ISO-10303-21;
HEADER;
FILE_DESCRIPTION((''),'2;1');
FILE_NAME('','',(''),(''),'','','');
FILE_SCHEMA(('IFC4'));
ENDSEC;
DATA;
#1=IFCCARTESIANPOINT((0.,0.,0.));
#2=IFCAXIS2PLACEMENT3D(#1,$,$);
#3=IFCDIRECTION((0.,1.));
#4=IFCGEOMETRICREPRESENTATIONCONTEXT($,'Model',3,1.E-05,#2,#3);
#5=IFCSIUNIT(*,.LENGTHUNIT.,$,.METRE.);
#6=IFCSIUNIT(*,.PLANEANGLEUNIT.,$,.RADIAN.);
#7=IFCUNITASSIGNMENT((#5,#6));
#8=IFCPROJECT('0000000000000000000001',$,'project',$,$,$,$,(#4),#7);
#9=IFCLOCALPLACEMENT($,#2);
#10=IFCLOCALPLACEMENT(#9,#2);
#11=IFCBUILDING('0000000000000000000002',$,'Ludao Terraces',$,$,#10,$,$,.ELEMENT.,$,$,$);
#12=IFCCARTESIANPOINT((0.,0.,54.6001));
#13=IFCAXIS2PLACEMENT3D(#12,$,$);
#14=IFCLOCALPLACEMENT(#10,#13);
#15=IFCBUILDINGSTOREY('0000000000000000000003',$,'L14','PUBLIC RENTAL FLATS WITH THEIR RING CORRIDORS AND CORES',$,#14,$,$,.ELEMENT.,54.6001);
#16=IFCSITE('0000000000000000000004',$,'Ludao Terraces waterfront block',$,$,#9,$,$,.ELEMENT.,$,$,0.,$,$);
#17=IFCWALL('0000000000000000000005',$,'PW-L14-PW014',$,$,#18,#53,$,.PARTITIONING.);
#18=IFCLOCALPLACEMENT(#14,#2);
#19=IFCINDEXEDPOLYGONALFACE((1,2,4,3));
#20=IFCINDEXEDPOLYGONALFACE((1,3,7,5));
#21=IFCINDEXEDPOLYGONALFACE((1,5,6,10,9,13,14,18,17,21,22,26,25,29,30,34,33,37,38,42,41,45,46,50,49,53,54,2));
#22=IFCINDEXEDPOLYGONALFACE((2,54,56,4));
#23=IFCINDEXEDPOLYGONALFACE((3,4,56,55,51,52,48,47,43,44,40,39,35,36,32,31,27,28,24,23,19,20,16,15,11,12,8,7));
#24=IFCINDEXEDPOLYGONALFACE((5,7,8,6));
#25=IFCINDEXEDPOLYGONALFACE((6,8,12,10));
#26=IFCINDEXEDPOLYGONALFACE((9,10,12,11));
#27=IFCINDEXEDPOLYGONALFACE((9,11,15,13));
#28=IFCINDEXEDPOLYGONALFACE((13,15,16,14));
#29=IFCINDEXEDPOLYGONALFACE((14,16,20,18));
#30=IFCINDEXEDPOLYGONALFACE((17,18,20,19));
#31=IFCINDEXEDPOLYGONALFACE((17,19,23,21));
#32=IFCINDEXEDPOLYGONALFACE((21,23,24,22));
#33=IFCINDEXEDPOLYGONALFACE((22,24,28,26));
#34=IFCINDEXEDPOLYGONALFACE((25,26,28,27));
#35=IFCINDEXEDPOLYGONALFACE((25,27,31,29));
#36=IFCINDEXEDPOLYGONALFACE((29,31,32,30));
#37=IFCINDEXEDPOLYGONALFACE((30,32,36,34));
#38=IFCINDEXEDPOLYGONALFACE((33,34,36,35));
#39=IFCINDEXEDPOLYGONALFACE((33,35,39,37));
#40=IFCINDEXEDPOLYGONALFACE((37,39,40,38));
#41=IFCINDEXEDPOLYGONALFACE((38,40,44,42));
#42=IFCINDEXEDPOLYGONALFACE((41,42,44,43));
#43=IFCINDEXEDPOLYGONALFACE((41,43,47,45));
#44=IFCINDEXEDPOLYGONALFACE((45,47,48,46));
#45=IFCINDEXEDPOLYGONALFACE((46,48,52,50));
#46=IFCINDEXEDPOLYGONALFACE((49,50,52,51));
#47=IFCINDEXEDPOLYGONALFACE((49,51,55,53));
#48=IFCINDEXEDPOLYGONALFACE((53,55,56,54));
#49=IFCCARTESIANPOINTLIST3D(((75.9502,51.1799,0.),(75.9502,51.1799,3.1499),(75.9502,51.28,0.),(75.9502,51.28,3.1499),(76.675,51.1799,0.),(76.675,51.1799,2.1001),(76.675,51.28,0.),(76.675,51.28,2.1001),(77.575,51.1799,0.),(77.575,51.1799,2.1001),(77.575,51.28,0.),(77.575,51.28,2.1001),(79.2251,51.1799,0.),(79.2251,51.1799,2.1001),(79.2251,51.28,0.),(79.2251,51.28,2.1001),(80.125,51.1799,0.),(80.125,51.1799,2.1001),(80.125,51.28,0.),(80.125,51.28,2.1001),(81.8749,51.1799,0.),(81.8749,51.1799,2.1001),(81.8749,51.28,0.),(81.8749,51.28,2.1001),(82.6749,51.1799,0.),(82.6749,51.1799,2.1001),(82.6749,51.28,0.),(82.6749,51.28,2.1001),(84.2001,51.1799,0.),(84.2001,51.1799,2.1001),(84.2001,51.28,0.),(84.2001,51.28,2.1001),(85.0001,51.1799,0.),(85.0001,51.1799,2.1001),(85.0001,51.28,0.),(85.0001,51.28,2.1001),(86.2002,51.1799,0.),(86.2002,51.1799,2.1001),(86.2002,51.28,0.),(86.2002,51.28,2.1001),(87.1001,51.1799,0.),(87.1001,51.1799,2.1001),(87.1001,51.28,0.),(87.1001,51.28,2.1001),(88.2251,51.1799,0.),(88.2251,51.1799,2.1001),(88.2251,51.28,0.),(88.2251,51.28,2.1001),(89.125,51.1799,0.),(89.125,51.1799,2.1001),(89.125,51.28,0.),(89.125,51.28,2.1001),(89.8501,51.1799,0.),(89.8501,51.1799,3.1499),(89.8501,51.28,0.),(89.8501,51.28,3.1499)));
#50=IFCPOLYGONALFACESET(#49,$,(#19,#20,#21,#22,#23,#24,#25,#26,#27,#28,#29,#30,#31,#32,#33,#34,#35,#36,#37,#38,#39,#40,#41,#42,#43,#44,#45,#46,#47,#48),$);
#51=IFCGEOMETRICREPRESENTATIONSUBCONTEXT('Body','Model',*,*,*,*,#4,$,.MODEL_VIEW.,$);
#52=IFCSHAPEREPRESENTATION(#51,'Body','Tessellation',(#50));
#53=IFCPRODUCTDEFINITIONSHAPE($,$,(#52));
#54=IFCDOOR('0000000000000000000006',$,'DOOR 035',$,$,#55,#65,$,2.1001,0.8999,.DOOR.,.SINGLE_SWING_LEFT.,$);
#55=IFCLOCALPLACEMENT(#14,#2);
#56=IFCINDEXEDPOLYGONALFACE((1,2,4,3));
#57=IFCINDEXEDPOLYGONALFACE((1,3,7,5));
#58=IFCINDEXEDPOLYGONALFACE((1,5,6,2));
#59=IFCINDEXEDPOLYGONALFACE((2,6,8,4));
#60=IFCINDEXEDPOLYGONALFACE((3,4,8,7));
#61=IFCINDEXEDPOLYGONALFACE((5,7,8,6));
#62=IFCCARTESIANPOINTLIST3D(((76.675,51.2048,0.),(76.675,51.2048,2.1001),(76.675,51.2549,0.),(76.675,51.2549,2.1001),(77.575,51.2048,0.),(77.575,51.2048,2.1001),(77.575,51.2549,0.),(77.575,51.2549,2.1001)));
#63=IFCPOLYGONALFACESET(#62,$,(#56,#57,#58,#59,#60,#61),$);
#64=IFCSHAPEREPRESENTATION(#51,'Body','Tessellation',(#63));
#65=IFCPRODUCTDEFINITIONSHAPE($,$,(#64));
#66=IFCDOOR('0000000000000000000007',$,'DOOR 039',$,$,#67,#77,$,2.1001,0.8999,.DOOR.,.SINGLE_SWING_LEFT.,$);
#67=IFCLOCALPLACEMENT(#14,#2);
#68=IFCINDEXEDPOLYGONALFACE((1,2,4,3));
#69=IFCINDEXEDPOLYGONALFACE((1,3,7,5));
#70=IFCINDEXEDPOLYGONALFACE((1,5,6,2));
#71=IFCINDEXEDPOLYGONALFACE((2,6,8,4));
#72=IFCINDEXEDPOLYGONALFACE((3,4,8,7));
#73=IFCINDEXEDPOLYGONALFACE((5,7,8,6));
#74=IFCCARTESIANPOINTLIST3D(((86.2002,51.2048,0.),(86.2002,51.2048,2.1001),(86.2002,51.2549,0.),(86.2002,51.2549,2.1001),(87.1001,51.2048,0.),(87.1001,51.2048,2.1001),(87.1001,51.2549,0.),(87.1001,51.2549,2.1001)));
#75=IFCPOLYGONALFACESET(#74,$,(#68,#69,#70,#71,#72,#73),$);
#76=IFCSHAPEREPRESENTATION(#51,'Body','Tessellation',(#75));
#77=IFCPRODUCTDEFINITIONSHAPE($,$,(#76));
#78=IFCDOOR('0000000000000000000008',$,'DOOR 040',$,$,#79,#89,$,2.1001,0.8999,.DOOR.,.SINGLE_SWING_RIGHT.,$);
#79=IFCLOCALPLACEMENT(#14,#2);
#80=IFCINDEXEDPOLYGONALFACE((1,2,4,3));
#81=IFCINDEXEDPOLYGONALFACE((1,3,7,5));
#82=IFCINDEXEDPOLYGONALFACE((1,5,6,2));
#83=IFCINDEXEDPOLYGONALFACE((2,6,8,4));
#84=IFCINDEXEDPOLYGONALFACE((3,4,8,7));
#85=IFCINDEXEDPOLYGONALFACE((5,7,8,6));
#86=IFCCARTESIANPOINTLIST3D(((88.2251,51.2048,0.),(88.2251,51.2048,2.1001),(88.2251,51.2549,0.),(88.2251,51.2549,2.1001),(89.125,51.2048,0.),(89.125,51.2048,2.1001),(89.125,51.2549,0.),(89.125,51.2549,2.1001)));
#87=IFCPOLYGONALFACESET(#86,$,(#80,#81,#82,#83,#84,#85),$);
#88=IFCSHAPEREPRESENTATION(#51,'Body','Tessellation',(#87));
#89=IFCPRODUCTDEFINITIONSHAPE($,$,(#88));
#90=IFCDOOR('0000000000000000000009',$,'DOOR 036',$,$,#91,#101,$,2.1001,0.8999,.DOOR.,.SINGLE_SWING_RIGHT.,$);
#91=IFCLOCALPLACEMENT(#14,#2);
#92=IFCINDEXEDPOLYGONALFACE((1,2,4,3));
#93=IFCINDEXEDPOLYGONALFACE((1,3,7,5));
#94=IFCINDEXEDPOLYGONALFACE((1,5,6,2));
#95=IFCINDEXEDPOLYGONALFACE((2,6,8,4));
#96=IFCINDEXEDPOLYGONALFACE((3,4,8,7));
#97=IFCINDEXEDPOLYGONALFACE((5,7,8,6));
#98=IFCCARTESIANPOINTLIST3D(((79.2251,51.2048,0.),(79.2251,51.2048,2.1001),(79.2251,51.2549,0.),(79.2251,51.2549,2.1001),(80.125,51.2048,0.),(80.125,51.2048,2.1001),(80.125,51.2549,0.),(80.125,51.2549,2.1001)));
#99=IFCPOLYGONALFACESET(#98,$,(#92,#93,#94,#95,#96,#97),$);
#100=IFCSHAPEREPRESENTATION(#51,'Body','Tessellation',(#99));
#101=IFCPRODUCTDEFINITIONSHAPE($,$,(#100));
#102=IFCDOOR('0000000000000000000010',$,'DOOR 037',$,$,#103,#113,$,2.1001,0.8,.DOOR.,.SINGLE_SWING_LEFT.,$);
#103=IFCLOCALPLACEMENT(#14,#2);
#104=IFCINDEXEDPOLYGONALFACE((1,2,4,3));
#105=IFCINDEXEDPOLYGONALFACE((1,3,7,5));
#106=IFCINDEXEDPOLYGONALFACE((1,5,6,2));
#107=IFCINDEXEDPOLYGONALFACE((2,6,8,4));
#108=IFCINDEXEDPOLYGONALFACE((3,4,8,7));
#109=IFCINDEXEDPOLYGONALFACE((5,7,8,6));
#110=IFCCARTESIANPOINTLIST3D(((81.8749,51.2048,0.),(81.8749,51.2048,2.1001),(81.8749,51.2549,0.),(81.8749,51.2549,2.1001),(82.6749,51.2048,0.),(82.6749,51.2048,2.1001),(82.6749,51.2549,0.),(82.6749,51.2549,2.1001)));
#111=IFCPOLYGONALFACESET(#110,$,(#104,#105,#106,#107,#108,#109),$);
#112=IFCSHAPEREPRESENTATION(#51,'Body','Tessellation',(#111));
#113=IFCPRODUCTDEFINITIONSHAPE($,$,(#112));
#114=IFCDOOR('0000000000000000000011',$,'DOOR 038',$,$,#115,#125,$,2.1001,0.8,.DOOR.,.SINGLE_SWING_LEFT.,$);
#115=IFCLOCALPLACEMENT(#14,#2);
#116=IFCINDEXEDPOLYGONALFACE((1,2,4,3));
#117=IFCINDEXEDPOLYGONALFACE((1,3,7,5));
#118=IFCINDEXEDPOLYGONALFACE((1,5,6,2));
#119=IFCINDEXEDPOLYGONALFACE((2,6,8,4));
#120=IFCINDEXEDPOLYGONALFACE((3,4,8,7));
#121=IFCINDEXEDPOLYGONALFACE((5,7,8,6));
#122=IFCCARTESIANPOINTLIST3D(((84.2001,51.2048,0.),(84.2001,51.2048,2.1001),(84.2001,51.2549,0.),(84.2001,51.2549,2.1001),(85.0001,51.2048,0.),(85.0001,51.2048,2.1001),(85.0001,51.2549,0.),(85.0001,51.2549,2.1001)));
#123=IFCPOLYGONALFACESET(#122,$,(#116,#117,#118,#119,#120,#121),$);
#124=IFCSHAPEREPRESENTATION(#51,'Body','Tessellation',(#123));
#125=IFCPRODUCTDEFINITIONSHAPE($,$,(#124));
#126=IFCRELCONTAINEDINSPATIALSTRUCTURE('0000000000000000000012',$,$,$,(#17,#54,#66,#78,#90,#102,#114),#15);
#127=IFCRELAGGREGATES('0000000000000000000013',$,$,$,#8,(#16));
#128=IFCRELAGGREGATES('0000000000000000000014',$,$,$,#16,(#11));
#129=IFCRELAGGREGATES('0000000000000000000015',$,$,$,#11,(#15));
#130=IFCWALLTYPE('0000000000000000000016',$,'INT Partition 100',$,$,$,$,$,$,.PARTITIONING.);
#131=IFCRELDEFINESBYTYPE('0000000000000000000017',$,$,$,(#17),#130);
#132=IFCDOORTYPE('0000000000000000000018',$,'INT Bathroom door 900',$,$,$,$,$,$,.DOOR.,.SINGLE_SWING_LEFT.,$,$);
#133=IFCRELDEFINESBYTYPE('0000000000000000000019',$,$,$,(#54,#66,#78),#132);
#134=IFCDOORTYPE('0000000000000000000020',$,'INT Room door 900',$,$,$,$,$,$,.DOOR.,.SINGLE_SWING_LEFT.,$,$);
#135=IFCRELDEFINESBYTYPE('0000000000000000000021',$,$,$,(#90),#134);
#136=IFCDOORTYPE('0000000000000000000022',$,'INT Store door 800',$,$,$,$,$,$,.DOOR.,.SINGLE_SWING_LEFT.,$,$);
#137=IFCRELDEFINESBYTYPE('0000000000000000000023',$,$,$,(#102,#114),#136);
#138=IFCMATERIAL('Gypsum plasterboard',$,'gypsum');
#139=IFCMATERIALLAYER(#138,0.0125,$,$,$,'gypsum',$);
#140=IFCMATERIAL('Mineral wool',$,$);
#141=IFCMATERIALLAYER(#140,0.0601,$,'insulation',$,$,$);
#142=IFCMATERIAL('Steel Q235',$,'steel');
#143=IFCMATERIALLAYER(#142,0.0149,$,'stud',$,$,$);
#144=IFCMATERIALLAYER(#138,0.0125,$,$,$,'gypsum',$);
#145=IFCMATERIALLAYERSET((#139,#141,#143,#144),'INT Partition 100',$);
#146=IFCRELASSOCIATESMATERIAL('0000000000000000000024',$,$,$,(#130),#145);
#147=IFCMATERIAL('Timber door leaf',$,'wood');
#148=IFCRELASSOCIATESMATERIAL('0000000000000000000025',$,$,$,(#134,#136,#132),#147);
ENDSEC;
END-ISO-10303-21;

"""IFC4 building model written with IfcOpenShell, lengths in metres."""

from ifc_helpers import new_model, si_unit, direction, frame, frame_2d, origin, place, context, subcontext, project, spatial, rectangle, extrude, material, layer, layer_set, type_object, element, fill, save


model = new_model("IFC4")

# Units and contexts
model_context = context("Model", 3, precision=1e-05, world=origin(), true_north=direction((0.0, 1.0)))
body_context = subcontext(model_context, "Body", "Model", "MODEL_VIEW")
ifc_project = project(units=[si_unit("LENGTHUNIT", "METRE"), si_unit("PLANEANGLEUNIT", "RADIAN")], contexts=[model_context])

# Site, building, storey
site_placement = place(None, origin())
site = spatial("IfcSite", under=ifc_project, at=site_placement, Name="Ludao Terraces waterfront block", CompositionType="ELEMENT", RefElevation=0.0)
building_placement = place(site_placement, origin())
building = spatial("IfcBuilding", under=site, at=building_placement, Name="Ludao Terraces", CompositionType="ELEMENT")
storey_placement = place(building_placement, frame((0.0, 0.0, 54.6001)))
storey = spatial("IfcBuildingStorey", under=building, at=storey_placement, Name="L14", Description="PUBLIC RENTAL FLATS WITH THEIR RING CORRIDORS AND CORES", CompositionType="ELEMENT", Elevation=54.6001)

# Shared definitions
ifc_material_1 = material(Name="Gypsum plasterboard", Category="gypsum")
ifc_layer_1 = layer(ifc_material_1, 0.0125, Category="gypsum")
ifc_material_2 = material(Name="Mineral wool")
ifc_layer_2 = layer(ifc_material_2, 0.0601, Name="insulation")
ifc_material_3 = material(Name="Steel Q235", Category="steel")
ifc_layer_3 = layer(ifc_material_3, 0.0149, Name="stud")
ifc_layer_4 = layer(ifc_material_1, 0.0125, Category="gypsum")
ifc_layer_set = layer_set([ifc_layer_1, ifc_layer_2, ifc_layer_3, ifc_layer_4], Name="INT Partition 100")
wall_type = type_object("IfcWallType", Name="INT Partition 100", PredefinedType="PARTITIONING", material=ifc_layer_set)
ifc_material_4 = material(Name="Timber door leaf", Category="wood")
door_type_1 = type_object("IfcDoorType", Name="INT Room door 900", OperationType="SINGLE_SWING_LEFT", PredefinedType="DOOR", material=ifc_material_4)

# Shared definitions
door_type_2 = type_object("IfcDoorType", Name="INT Store door 800", OperationType="SINGLE_SWING_LEFT", PredefinedType="DOOR", material=ifc_material_4)

# Wall, openings, doors
wall_1_placement = place(storey_placement, frame((75.9502, 51.23, 0.0), z_axis=(0.0, 0.0, 1.0), x_axis=(1.0, 0.0, 0.0)))
wall_1 = element("IfcWall", 1, at=wall_1_placement, inside=storey, type_object=wall_type, Name="PW-L14-PW014", PredefinedType="PARTITIONING", context=body_context, shape_type="SweptSolid", body=[
    extrude(rectangle(XDim=13.8999, YDim=0.1001, at=frame_2d((6.95, 0.0))), origin(), (0.0, 0.0, 1.0), 3.1499),
])
opening_1_placement = place(wall_1_placement, frame((0.7249, 0.0, 0.0)))
opening_1 = element("IfcOpeningElement", 2, at=opening_1_placement, cuts=wall_1, PredefinedType="OPENING", context=body_context, shape_type="SweptSolid", body=[
    extrude(rectangle(XDim=0.8999, YDim=2.1001, at=frame_2d((0.45, 1.05))), frame((0.0, 0.0601, 0.0), z_axis=(0.0, -1.0, 0.0), x_axis=(1.0, 0.0, 0.0)), (0.0, 0.0, 1.0), 0.1201),
])
opening_2_placement = place(wall_1_placement, frame((3.2749, 0.0, 0.0)))
opening_2 = element("IfcOpeningElement", 3, at=opening_2_placement, cuts=wall_1, PredefinedType="OPENING", context=body_context, shape_type="SweptSolid", body=[
    extrude(rectangle(XDim=0.8999, YDim=2.1001, at=frame_2d((0.45, 1.05))), frame((0.0, 0.0601, 0.0), z_axis=(0.0, -1.0, 0.0), x_axis=(1.0, 0.0, 0.0)), (0.0, 0.0, 1.0), 0.1201),
])
opening_3_placement = place(wall_1_placement, frame((5.9248, 0.0, 0.0)))
opening_3 = element("IfcOpeningElement", 4, at=opening_3_placement, cuts=wall_1, PredefinedType="OPENING", context=body_context, shape_type="SweptSolid", body=[
    extrude(rectangle(XDim=0.8, YDim=2.1001, at=frame_2d((0.3999, 1.05))), frame((0.0, 0.0601, 0.0), z_axis=(0.0, -1.0, 0.0), x_axis=(1.0, 0.0, 0.0)), (0.0, 0.0, 1.0), 0.1201),
])
opening_4_placement = place(wall_1_placement, frame((8.25, 0.0, 0.0)))
opening_4 = element("IfcOpeningElement", 5, at=opening_4_placement, cuts=wall_1, PredefinedType="OPENING", context=body_context, shape_type="SweptSolid", body=[
    extrude(rectangle(XDim=0.8, YDim=2.1001, at=frame_2d((0.3999, 1.05))), frame((0.0, 0.0601, 0.0), z_axis=(0.0, -1.0, 0.0), x_axis=(1.0, 0.0, 0.0)), (0.0, 0.0, 1.0), 0.1201),
])
opening_5_placement = place(wall_1_placement, frame((10.25, 0.0, 0.0)))
opening_5 = element("IfcOpeningElement", 6, at=opening_5_placement, cuts=wall_1, PredefinedType="OPENING", context=body_context, shape_type="SweptSolid", body=[
    extrude(rectangle(XDim=0.8999, YDim=2.1001, at=frame_2d((0.45, 1.05))), frame((0.0, 0.0601, 0.0), z_axis=(0.0, -1.0, 0.0), x_axis=(1.0, 0.0, 0.0)), (0.0, 0.0, 1.0), 0.1201),
])
opening_6_placement = place(wall_1_placement, frame((12.2749, 0.0, 0.0)))
opening_6 = element("IfcOpeningElement", 7, at=opening_6_placement, cuts=wall_1, PredefinedType="OPENING", context=body_context, shape_type="SweptSolid", body=[
    extrude(rectangle(XDim=0.8999, YDim=2.1001, at=frame_2d((0.45, 1.05))), frame((0.0, 0.0601, 0.0), z_axis=(0.0, -1.0, 0.0), x_axis=(1.0, 0.0, 0.0)), (0.0, 0.0, 1.0), 0.1201),
])
door_type_3 = type_object("IfcDoorType", Name="INT Bathroom door 900", OperationType="SINGLE_SWING_LEFT", PredefinedType="DOOR", material=ifc_material_4)
door_1_placement = place(opening_1_placement, origin())
door_1 = element("IfcDoor", 8, at=door_1_placement, inside=storey, type_object=door_type_3, Name="DOOR 035", OperationType="SINGLE_SWING_LEFT", OverallHeight=2.1001, OverallWidth=0.8999, PredefinedType="DOOR", context=body_context, shape_type="SweptSolid", body=[
    extrude(rectangle(XDim=0.8999, YDim=2.1001, at=frame_2d((0.45, 1.05))), frame((0.0, 0.0249, 0.0), z_axis=(0.0, -1.0, 0.0), x_axis=(1.0, 0.0, 0.0)), (0.0, 0.0, 1.0), 0.05),
])
fill(opening_1, door_1)
door_2_placement = place(opening_5_placement, origin())
door_2 = element("IfcDoor", 9, at=door_2_placement, inside=storey, type_object=door_type_3, Name="DOOR 039", OperationType="SINGLE_SWING_LEFT", OverallHeight=2.1001, OverallWidth=0.8999, PredefinedType="DOOR", context=body_context, shape_type="SweptSolid", body=[
    extrude(rectangle(XDim=0.8999, YDim=2.1001, at=frame_2d((0.45, 1.05))), frame((0.0, 0.0249, 0.0), z_axis=(0.0, -1.0, 0.0), x_axis=(1.0, 0.0, 0.0)), (0.0, 0.0, 1.0), 0.05),
])
fill(opening_5, door_2)
door_3_placement = place(opening_6_placement, origin())
door_3 = element("IfcDoor", 10, at=door_3_placement, inside=storey, type_object=door_type_3, Name="DOOR 040", OperationType="SINGLE_SWING_RIGHT", OverallHeight=2.1001, OverallWidth=0.8999, PredefinedType="DOOR", context=body_context, shape_type="SweptSolid", body=[
    extrude(rectangle(XDim=0.8999, YDim=2.1001, at=frame_2d((0.45, 1.05))), frame((0.0, 0.0249, 0.0), z_axis=(0.0, -1.0, 0.0), x_axis=(1.0, 0.0, 0.0)), (0.0, 0.0, 1.0), 0.05),
])
fill(opening_6, door_3)
door_4_placement = place(opening_2_placement, origin())
door_4 = element("IfcDoor", 11, at=door_4_placement, inside=storey, type_object=door_type_1, Name="DOOR 036", OperationType="SINGLE_SWING_RIGHT", OverallHeight=2.1001, OverallWidth=0.8999, PredefinedType="DOOR", context=body_context, shape_type="SweptSolid", body=[
    extrude(rectangle(XDim=0.8999, YDim=2.1001, at=frame_2d((0.45, 1.05))), frame((0.0, 0.0249, 0.0), z_axis=(0.0, -1.0, 0.0), x_axis=(1.0, 0.0, 0.0)), (0.0, 0.0, 1.0), 0.05),
])
fill(opening_2, door_4)
door_5_placement = place(opening_3_placement, origin())
door_5 = element("IfcDoor", 12, at=door_5_placement, inside=storey, type_object=door_type_2, Name="DOOR 037", OperationType="SINGLE_SWING_LEFT", OverallHeight=2.1001, OverallWidth=0.8, PredefinedType="DOOR", context=body_context, shape_type="SweptSolid", body=[
    extrude(rectangle(XDim=0.8, YDim=2.1001, at=frame_2d((0.3999, 1.05))), frame((0.0, 0.0249, 0.0), z_axis=(0.0, -1.0, 0.0), x_axis=(1.0, 0.0, 0.0)), (0.0, 0.0, 1.0), 0.05),
])
fill(opening_3, door_5)
door_6_placement = place(opening_4_placement, origin())
door_6 = element("IfcDoor", 13, at=door_6_placement, inside=storey, type_object=door_type_2, Name="DOOR 038", OperationType="SINGLE_SWING_LEFT", OverallHeight=2.1001, OverallWidth=0.8, PredefinedType="DOOR", context=body_context, shape_type="SweptSolid", body=[
    extrude(rectangle(XDim=0.8, YDim=2.1001, at=frame_2d((0.3999, 1.05))), frame((0.0, 0.0249, 0.0), z_axis=(0.0, -1.0, 0.0), x_axis=(1.0, 0.0, 0.0)), (0.0, 0.0, 1.0), 0.05),
])
fill(opening_4, door_6)

save(model, "model.ifc")
